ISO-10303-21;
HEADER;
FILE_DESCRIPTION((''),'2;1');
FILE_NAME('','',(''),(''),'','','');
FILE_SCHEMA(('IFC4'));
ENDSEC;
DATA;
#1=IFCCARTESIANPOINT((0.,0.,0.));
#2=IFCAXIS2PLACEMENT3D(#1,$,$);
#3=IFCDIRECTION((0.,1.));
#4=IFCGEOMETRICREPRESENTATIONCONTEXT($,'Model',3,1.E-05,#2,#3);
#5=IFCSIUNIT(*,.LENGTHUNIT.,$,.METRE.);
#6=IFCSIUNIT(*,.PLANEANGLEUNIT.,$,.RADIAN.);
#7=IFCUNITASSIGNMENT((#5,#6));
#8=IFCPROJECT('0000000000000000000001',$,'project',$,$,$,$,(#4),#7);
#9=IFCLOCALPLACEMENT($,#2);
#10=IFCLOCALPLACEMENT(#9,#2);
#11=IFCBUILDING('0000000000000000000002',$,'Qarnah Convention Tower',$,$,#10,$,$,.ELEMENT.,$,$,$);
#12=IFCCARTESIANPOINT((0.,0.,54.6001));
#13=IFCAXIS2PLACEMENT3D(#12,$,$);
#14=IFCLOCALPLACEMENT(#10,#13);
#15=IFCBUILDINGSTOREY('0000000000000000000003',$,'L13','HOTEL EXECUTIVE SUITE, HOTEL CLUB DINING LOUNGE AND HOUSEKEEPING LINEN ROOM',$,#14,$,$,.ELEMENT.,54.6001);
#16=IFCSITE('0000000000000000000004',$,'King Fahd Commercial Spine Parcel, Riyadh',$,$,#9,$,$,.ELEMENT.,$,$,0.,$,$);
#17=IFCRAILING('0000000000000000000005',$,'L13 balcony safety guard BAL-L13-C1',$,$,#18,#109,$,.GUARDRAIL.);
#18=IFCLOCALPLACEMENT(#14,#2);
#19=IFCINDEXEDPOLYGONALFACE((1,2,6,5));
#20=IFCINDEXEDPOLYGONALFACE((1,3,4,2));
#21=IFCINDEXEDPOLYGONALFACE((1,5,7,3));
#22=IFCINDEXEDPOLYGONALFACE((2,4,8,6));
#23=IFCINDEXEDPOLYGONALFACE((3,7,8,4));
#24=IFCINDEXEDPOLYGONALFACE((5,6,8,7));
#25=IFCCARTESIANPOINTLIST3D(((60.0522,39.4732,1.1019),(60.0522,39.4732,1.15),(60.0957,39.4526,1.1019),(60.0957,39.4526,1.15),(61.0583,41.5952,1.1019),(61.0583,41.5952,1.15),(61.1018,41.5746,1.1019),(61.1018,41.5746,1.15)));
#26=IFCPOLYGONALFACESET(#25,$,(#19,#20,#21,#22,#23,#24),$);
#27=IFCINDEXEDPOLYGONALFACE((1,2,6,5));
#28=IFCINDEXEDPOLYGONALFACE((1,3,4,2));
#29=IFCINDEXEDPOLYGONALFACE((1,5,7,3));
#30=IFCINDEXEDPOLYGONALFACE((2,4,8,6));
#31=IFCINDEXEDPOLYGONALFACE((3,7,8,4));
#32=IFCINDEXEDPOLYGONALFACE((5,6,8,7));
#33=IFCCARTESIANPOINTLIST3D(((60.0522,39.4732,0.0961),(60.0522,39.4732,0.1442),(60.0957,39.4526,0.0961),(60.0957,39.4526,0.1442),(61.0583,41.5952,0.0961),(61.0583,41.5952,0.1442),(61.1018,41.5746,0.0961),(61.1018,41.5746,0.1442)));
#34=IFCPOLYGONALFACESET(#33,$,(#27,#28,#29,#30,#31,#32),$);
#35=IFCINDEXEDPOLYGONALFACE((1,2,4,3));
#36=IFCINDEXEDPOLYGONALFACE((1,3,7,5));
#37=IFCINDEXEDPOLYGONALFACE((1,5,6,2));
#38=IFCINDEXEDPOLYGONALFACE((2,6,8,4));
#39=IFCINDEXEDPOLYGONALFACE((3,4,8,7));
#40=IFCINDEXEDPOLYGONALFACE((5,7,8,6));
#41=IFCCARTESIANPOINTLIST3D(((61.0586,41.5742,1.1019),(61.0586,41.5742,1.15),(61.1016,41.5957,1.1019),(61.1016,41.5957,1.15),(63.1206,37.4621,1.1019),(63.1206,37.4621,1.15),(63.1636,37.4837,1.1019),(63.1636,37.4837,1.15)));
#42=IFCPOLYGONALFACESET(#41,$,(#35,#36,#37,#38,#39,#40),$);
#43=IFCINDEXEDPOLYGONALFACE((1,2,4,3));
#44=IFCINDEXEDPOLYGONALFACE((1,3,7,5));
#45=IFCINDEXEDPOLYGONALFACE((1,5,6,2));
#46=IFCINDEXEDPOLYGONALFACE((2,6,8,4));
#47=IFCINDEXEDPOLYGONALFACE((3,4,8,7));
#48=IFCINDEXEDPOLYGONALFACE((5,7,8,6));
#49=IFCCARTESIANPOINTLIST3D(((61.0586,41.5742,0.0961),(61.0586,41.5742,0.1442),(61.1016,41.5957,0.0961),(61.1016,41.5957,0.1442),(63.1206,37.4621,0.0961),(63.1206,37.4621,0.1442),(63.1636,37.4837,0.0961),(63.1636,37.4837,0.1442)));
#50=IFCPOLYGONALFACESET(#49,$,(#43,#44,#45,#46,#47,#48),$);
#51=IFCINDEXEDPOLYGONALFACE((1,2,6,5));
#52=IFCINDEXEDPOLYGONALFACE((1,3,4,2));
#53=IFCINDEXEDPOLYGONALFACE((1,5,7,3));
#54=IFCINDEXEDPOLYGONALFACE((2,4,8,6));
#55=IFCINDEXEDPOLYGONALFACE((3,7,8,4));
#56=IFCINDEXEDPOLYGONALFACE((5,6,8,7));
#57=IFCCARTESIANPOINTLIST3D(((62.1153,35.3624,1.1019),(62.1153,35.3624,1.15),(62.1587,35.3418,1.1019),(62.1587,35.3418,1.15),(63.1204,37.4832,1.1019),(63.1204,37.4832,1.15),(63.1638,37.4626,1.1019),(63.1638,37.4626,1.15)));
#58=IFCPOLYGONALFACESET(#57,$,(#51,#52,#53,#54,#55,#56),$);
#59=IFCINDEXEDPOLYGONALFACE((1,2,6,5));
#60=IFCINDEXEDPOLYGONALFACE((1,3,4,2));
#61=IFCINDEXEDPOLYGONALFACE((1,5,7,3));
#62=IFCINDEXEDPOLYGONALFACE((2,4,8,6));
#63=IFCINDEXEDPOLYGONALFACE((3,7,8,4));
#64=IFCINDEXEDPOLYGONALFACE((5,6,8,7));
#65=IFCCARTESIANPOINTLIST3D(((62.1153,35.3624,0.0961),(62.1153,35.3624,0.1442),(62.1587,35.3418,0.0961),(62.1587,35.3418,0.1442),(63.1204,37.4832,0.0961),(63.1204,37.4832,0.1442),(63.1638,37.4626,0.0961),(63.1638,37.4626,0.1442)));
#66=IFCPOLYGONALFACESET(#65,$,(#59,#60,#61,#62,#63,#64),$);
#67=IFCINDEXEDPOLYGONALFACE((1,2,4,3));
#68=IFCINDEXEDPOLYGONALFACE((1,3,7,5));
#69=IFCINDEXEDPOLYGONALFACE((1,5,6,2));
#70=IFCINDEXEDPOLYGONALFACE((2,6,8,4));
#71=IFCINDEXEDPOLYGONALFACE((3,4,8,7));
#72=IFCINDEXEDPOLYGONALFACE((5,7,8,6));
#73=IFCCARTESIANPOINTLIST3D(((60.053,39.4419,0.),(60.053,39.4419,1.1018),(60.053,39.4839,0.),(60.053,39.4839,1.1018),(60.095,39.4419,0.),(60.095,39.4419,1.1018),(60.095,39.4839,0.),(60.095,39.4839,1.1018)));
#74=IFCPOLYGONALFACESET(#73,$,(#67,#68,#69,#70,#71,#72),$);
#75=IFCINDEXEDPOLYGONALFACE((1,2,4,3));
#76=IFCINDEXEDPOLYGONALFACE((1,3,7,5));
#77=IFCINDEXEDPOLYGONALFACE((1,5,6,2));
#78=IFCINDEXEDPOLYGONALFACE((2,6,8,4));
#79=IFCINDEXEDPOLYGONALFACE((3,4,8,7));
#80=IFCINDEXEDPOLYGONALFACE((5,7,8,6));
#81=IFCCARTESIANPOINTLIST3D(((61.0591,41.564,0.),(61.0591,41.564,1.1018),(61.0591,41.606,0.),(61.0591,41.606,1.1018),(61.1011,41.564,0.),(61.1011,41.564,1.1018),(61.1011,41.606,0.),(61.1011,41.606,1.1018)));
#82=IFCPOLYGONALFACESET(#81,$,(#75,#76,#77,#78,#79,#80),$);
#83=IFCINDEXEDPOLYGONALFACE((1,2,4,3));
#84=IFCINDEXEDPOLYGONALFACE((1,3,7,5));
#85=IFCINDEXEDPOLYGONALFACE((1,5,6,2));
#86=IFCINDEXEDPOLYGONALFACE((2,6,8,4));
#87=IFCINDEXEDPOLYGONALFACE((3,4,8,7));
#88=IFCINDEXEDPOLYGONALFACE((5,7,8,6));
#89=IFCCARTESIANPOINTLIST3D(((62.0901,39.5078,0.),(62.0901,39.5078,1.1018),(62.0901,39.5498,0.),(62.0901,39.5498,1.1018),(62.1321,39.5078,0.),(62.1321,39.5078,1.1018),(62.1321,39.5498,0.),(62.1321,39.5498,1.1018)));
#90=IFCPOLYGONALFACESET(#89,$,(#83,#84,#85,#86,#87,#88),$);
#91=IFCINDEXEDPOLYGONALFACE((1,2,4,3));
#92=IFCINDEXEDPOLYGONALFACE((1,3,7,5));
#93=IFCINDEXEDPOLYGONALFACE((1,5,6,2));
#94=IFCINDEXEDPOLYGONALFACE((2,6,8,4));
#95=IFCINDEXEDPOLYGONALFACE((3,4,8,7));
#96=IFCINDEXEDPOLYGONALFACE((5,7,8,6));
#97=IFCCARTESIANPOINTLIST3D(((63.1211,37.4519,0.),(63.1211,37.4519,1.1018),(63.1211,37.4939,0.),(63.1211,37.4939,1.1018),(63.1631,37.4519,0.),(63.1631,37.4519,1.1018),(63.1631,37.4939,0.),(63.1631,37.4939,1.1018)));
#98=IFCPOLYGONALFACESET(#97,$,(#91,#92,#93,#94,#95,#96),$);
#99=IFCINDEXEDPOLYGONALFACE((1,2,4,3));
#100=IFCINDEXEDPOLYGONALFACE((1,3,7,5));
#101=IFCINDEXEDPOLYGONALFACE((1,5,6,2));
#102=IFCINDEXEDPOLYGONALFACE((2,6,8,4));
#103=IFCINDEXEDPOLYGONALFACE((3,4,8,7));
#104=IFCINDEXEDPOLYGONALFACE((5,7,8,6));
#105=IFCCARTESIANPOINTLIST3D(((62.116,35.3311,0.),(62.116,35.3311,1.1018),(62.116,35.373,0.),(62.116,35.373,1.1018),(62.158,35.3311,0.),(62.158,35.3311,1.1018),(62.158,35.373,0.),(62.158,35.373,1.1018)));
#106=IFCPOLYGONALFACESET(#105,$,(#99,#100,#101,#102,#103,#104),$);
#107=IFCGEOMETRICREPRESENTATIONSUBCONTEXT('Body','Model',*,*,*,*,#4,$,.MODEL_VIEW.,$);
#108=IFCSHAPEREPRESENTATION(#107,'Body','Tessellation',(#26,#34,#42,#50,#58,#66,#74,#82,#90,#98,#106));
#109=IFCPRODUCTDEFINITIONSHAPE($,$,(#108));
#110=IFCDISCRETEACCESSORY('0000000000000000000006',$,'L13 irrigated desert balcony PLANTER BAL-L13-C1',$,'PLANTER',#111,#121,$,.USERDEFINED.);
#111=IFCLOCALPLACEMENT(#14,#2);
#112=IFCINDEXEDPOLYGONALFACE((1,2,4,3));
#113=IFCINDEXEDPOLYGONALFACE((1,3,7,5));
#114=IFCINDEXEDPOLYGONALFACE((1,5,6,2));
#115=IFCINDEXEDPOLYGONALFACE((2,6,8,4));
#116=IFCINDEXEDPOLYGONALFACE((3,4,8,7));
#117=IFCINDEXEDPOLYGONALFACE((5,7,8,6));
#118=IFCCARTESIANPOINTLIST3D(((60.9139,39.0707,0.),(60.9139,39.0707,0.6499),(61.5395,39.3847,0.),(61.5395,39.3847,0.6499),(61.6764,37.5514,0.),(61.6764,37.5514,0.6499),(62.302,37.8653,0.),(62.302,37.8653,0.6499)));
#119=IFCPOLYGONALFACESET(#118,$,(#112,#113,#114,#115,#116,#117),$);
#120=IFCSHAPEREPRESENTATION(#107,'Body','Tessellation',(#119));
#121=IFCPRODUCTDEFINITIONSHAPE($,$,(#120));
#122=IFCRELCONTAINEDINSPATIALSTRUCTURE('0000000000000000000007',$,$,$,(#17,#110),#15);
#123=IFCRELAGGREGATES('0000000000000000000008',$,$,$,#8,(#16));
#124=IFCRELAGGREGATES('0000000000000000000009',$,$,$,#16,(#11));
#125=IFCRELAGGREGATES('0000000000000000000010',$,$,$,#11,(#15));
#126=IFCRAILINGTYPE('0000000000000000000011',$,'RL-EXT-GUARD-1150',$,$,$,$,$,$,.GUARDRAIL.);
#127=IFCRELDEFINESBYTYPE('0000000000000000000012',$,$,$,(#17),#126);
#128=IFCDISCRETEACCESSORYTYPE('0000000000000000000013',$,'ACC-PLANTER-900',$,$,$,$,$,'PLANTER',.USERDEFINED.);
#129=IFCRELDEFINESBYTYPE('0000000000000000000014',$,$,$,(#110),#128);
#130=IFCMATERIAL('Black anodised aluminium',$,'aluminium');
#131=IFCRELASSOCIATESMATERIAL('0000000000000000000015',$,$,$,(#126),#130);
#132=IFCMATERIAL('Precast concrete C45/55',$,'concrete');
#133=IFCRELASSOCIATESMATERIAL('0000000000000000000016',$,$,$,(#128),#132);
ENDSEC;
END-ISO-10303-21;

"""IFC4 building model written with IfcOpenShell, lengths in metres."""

from ifc_helpers import new_model, si_unit, direction, frame, origin, origin_2d, place, context, subcontext, project, spatial, rectangle, extrude, material, type_object, element, save


model = new_model("IFC4")

# Units and contexts
model_context = context("Model", 3, precision=1e-05, world=origin(), true_north=direction((0.0, 1.0)))
body_context = subcontext(model_context, "Body", "Model", "MODEL_VIEW")
ifc_project = project(units=[si_unit("LENGTHUNIT", "METRE"), si_unit("PLANEANGLEUNIT", "RADIAN")], contexts=[model_context])

# Site, building, storey
site_placement = place(None, origin())
site = spatial("IfcSite", under=ifc_project, at=site_placement, Name="King Fahd Commercial Spine Parcel, Riyadh", CompositionType="ELEMENT", RefElevation=0.0)
building_placement = place(site_placement, origin())
building = spatial("IfcBuilding", under=site, at=building_placement, Name="Qarnah Convention Tower", CompositionType="ELEMENT")
storey_placement = place(building_placement, frame((0.0, 0.0, 54.6001)))
storey = spatial("IfcBuildingStorey", under=building, at=storey_placement, Name="L13", Description="HOTEL EXECUTIVE SUITE, HOTEL CLUB DINING LOUNGE AND HOUSEKEEPING LINEN ROOM", CompositionType="ELEMENT", Elevation=54.6001)

# Shared definitions
ifc_material_1 = material(Name="Black anodised aluminium", Category="aluminium")

# Shared definitions
ifc_material_2 = material(Name="Precast concrete C45/55", Category="concrete")

# Railing
railing_type = type_object("IfcRailingType", Name="RL-EXT-GUARD-1150", PredefinedType="GUARDRAIL", material=ifc_material_1)
railing_1_placement = place(storey_placement, frame((60.074, 39.4629, 0.0)))
element("IfcRailing", 1, at=railing_1_placement, inside=storey, type_object=railing_type, Name="L13 balcony safety guard BAL-L13-C1", PredefinedType="GUARDRAIL", context=body_context, shape_type="SweptSolid", body=[
    extrude(rectangle(XDim=0.0481, YDim=0.0481, at=origin_2d()), frame((0.0, 0.0, 1.126), z_axis=(0.428404, 0.903587, 0.0), x_axis=(-0.903587, 0.428404, 0.0)), (0.0, 0.0, 1.0), 2.3484),
    extrude(rectangle(XDim=0.0481, YDim=0.0481, at=origin_2d()), frame((0.0, 0.0, 0.1201), z_axis=(0.428404, 0.903587, 0.0), x_axis=(-0.903587, 0.428404, 0.0)), (0.0, 0.0, 1.0), 2.3484),
    extrude(rectangle(XDim=0.0481, YDim=0.0481, at=origin_2d()), frame((1.0061, 2.1221, 1.126), z_axis=(0.448254, -0.893906, 0.0), x_axis=(0.893906, 0.448254, 0.0)), (0.0, 0.0, 1.0), 4.6001),
    extrude(rectangle(XDim=0.0481, YDim=0.0481, at=origin_2d()), frame((1.0061, 2.1221, 0.1201), z_axis=(0.448254, -0.893906, 0.0), x_axis=(0.893906, 0.448254, 0.0)), (0.0, 0.0, 1.0), 4.6001),
    extrude(rectangle(XDim=0.0481, YDim=0.0481, at=origin_2d()), frame((3.0681, -1.99, 1.126), z_axis=(-0.428265, -0.903653, 0.0), x_axis=(0.903653, -0.428265, 0.0)), (0.0, 0.0, 1.0), 2.3469),
    extrude(rectangle(XDim=0.0481, YDim=0.0481, at=origin_2d()), frame((3.0681, -1.99, 0.1201), z_axis=(-0.428265, -0.903653, 0.0), x_axis=(0.903653, -0.428265, 0.0)), (0.0, 0.0, 1.0), 2.3469),
    extrude(rectangle(XDim=0.042, YDim=0.042, at=origin_2d()), origin(), (0.0, 0.0, 1.0), 1.1018),
    extrude(rectangle(XDim=0.042, YDim=0.042, at=origin_2d()), frame((1.0061, 2.1221, 0.0)), (0.0, 0.0, 1.0), 1.1018),
    extrude(rectangle(XDim=0.042, YDim=0.042, at=origin_2d()), frame((2.0371, 0.0659, 0.0)), (0.0, 0.0, 1.0), 1.1018),
    extrude(rectangle(XDim=0.042, YDim=0.042, at=origin_2d()), frame((3.0681, -1.99, 0.0)), (0.0, 0.0, 1.0), 1.1018),
    extrude(rectangle(XDim=0.042, YDim=0.042, at=origin_2d()), frame((2.063, -4.1108, 0.0)), (0.0, 0.0, 1.0), 1.1018),
])

# Discrete accessory
discrete_accessory_type = type_object("IfcDiscreteAccessoryType", Name="ACC-PLANTER-900", ElementType="PLANTER", PredefinedType="USERDEFINED", material=ifc_material_2)
discrete_accessory_placement = place(storey_placement, frame((61.6079, 38.468, 0.0), z_axis=(0.0, 0.0, 1.0), x_axis=(-0.448539, 0.893763, 0.0)))
element("IfcDiscreteAccessory", 2, at=discrete_accessory_placement, inside=storey, type_object=discrete_accessory_type, Name="L13 irrigated desert balcony PLANTER BAL-L13-C1", ObjectType="PLANTER", PredefinedType="USERDEFINED", context=body_context, shape_type="SweptSolid", body=[
    extrude(rectangle(XDim=1.7, YDim=0.7, at=origin_2d()), origin(), (0.0, 0.0, 1.0), 0.6499),
])

save(model, "model.ifc")
